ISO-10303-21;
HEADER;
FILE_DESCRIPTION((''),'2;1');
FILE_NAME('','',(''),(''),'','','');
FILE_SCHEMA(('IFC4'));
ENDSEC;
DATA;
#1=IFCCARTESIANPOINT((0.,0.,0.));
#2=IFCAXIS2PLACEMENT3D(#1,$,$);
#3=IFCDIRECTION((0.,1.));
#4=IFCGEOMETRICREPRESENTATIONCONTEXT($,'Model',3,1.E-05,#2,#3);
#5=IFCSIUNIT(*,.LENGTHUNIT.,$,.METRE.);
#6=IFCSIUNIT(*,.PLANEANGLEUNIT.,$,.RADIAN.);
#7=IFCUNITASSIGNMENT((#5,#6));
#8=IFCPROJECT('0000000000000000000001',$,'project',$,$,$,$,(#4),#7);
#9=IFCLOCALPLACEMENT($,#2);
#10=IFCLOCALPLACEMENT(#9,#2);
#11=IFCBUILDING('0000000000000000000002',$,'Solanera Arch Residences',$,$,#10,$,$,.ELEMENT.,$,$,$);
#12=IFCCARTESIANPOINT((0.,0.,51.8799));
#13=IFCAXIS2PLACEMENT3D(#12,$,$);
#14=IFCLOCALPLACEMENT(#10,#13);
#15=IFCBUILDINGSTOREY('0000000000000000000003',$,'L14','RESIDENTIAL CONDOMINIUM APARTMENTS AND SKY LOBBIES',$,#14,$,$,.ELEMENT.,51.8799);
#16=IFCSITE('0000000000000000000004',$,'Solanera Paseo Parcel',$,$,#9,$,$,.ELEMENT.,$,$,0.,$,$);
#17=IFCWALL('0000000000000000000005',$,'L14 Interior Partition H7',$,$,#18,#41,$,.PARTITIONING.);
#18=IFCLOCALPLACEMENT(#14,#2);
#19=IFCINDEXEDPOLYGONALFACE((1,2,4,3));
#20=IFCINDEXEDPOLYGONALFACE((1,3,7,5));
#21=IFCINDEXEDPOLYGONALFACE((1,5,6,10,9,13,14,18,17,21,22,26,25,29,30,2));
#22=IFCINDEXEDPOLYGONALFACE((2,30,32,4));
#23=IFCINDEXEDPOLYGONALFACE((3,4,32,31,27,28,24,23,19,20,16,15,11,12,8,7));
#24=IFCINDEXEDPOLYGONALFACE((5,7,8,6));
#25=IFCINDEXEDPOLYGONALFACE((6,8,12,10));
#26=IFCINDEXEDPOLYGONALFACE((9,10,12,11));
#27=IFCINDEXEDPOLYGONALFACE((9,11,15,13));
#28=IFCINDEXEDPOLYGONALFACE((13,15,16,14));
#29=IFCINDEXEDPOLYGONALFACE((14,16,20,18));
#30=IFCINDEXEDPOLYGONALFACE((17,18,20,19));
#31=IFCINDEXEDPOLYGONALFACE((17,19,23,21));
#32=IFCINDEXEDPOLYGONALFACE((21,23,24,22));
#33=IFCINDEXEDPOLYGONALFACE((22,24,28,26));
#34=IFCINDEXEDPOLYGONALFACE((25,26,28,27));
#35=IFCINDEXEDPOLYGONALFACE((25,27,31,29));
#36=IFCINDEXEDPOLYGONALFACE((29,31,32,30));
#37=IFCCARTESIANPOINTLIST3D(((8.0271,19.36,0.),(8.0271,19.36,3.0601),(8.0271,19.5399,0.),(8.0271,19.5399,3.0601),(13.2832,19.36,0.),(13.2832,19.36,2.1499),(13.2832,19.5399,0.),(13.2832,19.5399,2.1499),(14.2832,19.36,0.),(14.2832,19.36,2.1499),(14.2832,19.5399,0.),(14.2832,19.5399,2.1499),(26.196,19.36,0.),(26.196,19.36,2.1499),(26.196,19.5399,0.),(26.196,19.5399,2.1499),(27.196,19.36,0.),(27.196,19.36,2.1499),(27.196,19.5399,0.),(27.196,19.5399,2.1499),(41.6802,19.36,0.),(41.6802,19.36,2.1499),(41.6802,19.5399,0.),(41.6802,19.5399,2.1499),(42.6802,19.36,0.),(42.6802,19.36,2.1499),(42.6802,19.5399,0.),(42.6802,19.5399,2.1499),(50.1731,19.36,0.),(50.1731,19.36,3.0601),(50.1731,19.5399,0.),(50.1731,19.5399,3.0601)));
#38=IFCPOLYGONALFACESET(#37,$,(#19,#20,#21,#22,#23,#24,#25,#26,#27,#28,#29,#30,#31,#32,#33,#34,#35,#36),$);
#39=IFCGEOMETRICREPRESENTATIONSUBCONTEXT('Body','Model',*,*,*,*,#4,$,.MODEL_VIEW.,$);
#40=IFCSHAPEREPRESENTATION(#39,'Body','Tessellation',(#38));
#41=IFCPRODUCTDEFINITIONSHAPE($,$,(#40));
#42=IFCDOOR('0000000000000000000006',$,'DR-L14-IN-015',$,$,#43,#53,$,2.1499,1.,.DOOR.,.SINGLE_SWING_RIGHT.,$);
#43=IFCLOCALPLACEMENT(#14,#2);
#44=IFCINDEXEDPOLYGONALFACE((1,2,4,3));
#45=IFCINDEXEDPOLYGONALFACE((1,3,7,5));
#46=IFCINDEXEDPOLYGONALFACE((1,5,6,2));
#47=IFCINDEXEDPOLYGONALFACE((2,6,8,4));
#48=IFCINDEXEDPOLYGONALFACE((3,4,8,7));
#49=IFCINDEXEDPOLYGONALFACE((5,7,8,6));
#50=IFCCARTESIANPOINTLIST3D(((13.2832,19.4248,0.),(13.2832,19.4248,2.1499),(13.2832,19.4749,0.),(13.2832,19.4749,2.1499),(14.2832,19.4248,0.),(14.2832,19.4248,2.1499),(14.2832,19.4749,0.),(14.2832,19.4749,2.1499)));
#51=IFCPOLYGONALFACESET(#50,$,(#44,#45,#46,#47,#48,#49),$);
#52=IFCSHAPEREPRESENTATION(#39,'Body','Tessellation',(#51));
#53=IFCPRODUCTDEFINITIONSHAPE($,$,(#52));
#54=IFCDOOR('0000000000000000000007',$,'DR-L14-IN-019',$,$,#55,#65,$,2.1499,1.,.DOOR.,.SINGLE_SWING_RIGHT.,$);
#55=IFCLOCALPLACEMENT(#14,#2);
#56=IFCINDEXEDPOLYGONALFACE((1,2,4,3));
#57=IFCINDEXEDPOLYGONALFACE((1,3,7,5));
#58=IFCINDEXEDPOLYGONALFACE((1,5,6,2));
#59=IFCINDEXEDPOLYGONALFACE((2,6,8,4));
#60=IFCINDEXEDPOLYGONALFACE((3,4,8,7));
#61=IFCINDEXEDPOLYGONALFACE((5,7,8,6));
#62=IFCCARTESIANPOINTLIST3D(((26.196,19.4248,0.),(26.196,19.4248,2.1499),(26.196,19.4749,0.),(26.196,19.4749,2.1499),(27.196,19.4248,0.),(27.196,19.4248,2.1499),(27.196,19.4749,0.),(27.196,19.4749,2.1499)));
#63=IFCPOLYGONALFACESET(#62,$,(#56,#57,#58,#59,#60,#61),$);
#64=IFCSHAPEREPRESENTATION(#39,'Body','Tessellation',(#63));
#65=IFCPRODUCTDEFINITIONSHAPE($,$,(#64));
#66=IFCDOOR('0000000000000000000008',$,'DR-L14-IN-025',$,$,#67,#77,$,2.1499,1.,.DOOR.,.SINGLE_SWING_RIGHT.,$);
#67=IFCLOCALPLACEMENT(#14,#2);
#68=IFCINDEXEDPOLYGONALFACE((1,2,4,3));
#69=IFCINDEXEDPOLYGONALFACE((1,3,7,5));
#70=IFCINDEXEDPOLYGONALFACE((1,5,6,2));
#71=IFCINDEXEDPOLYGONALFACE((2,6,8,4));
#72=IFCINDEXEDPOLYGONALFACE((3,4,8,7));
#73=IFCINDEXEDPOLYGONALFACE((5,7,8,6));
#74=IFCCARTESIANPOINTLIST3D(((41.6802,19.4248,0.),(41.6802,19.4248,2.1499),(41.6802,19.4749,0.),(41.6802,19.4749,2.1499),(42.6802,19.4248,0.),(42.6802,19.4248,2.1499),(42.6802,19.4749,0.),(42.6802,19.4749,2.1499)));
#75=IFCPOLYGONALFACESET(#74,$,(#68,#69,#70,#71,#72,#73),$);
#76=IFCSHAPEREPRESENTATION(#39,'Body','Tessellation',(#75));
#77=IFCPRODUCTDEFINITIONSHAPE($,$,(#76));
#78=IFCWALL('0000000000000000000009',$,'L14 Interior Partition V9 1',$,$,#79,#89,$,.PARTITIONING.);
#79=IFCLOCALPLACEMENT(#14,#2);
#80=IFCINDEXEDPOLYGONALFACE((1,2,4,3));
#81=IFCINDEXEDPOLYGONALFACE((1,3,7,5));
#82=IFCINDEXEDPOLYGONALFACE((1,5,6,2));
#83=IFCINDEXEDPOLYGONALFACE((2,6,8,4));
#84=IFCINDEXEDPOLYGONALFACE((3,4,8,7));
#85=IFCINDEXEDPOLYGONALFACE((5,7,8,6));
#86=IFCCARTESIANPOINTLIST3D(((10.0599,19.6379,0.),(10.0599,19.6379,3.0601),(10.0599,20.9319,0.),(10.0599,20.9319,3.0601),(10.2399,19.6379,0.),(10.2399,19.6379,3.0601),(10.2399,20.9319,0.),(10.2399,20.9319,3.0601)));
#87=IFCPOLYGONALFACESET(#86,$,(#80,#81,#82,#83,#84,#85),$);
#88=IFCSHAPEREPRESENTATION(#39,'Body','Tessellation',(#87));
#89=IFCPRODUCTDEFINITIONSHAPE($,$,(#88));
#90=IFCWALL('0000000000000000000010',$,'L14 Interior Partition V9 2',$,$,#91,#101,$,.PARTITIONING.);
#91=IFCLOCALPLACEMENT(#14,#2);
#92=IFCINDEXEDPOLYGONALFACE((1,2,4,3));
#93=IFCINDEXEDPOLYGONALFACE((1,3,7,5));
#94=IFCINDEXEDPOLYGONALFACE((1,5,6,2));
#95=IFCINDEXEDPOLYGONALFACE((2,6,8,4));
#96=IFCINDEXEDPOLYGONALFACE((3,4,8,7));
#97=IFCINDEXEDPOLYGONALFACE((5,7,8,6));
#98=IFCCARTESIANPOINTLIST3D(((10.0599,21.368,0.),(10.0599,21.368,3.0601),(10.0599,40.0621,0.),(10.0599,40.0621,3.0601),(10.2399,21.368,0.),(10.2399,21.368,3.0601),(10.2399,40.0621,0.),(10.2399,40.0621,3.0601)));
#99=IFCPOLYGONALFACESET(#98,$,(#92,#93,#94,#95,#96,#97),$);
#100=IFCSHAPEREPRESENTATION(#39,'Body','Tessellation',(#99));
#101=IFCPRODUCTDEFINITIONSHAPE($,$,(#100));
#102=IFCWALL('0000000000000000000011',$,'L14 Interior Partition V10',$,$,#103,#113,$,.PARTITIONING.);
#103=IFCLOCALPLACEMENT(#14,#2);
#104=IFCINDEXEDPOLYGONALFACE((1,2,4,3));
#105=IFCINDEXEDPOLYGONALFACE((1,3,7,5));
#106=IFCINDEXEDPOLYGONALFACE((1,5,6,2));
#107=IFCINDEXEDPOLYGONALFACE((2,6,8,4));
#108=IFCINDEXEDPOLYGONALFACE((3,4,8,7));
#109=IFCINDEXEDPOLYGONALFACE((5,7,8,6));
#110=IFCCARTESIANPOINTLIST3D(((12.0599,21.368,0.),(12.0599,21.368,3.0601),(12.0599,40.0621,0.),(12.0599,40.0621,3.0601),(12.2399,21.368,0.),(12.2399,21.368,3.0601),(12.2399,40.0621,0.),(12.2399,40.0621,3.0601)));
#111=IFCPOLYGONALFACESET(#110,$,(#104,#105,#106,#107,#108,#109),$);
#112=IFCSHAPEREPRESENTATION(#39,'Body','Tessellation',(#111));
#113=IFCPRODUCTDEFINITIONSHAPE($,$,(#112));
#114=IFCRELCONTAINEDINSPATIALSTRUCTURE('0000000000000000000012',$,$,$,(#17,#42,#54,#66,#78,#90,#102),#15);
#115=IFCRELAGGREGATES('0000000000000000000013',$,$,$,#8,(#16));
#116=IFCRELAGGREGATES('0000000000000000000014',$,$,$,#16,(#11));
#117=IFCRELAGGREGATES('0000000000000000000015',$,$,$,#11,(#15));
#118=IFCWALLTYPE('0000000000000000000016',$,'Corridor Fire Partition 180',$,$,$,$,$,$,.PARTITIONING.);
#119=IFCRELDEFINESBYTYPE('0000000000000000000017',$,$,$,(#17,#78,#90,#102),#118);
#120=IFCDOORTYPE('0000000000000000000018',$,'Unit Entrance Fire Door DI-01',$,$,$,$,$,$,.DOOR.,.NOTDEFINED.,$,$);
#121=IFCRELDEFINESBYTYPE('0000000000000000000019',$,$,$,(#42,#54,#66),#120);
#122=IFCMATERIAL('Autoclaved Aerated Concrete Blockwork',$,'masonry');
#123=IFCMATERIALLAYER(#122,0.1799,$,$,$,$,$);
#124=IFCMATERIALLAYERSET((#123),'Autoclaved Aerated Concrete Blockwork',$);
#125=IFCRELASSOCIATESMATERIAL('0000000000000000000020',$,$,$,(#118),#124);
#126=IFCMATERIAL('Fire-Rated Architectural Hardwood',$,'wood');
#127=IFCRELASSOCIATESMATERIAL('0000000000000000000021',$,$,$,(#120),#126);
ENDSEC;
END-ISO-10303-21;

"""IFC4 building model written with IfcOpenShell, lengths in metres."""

from ifc_helpers import new_model, si_unit, direction, frame, frame_2d, origin, place, context, subcontext, project, spatial, rectangle, extrude, material, layer, layer_set, type_object, element, fill, save


model = new_model("IFC4")

# Units and contexts
model_context = context("Model", 3, precision=1e-05, world=origin(), true_north=direction((0.0, 1.0)))
body_context = subcontext(model_context, "Body", "Model", "MODEL_VIEW")
ifc_project = project(units=[si_unit("LENGTHUNIT", "METRE"), si_unit("PLANEANGLEUNIT", "RADIAN")], contexts=[model_context])

# Site, building, storey
site_placement = place(None, origin())
site = spatial("IfcSite", under=ifc_project, at=site_placement, Name="Solanera Paseo Parcel", CompositionType="ELEMENT", RefElevation=0.0)
building_placement = place(site_placement, origin())
building = spatial("IfcBuilding", under=site, at=building_placement, Name="Solanera Arch Residences", CompositionType="ELEMENT")
storey_placement = place(building_placement, frame((0.0, 0.0, 51.8799)))
storey = spatial("IfcBuildingStorey", under=building, at=storey_placement, Name="L14", Description="RESIDENTIAL CONDOMINIUM APARTMENTS AND SKY LOBBIES", CompositionType="ELEMENT", Elevation=51.8799)

# Wall, openings, doors
ifc_material_1 = material(Name="Autoclaved Aerated Concrete Blockwork", Category="masonry")
ifc_layer_1 = layer(ifc_material_1, 0.1799)
ifc_layer_set_1 = layer_set([ifc_layer_1], Name="Autoclaved Aerated Concrete Blockwork")
wall_type_1 = type_object("IfcWallType", Name="Corridor Fire Partition 180", PredefinedType="PARTITIONING", material=ifc_layer_set_1)
wall_1_placement = place(storey_placement, frame((8.0271, 19.45, 0.0), z_axis=(0.0, 0.0, 1.0), x_axis=(1.0, 0.0, 0.0)))
wall_1 = element("IfcWall", 1, at=wall_1_placement, inside=storey, type_object=wall_type_1, Name="L14 Interior Partition H7", PredefinedType="PARTITIONING", context=body_context, shape_type="SweptSolid", body=[
    extrude(rectangle(XDim=42.146, YDim=0.1799, at=frame_2d((21.073, 0.0))), origin(), (0.0, 0.0, 1.0), 3.0601),
])
opening_1_placement = place(wall_1_placement, frame((5.2561, 0.0, 0.0)))
opening_1 = element("IfcOpeningElement", 2, at=opening_1_placement, cuts=wall_1, PredefinedType="OPENING", context=body_context, shape_type="SweptSolid", body=[
    extrude(rectangle(XDim=1.0, YDim=2.1499, at=frame_2d((0.5, 1.075))), frame((0.0, 0.1001, 0.0), z_axis=(0.0, -1.0, 0.0), x_axis=(1.0, 0.0, 0.0)), (0.0, 0.0, 1.0), 0.1999),
])
opening_2_placement = place(wall_1_placement, frame((18.1689, 0.0, 0.0)))
opening_2 = element("IfcOpeningElement", 3, at=opening_2_placement, cuts=wall_1, PredefinedType="OPENING", context=body_context, shape_type="SweptSolid", body=[
    extrude(rectangle(XDim=1.0, YDim=2.1499, at=frame_2d((0.5, 1.075))), frame((0.0, 0.1001, 0.0), z_axis=(0.0, -1.0, 0.0), x_axis=(1.0, 0.0, 0.0)), (0.0, 0.0, 1.0), 0.1999),
])
opening_3_placement = place(wall_1_placement, frame((33.6531, 0.0, 0.0)))
opening_3 = element("IfcOpeningElement", 4, at=opening_3_placement, cuts=wall_1, PredefinedType="OPENING", context=body_context, shape_type="SweptSolid", body=[
    extrude(rectangle(XDim=1.0, YDim=2.1499, at=frame_2d((0.5, 1.075))), frame((0.0, 0.1001, 0.0), z_axis=(0.0, -1.0, 0.0), x_axis=(1.0, 0.0, 0.0)), (0.0, 0.0, 1.0), 0.1999),
])
ifc_material_2 = material(Name="Fire-Rated Architectural Hardwood", Category="wood")
door_type_1 = type_object("IfcDoorType", Name="Unit Entrance Fire Door DI-01", OperationType="NOTDEFINED", PredefinedType="DOOR", material=ifc_material_2)
door_1_placement = place(opening_1_placement, origin())
door_1 = element("IfcDoor", 5, at=door_1_placement, inside=storey, type_object=door_type_1, Name="DR-L14-IN-015", OperationType="SINGLE_SWING_RIGHT", OverallHeight=2.1499, OverallWidth=1.0, PredefinedType="DOOR", context=body_context, shape_type="SweptSolid", body=[
    extrude(rectangle(XDim=1.0, YDim=2.1499, at=frame_2d((0.5, 1.075))), frame((0.0, 0.0249, 0.0), z_axis=(0.0, -1.0, 0.0), x_axis=(1.0, 0.0, 0.0)), (0.0, 0.0, 1.0), 0.05),
])
fill(opening_1, door_1)
door_2_placement = place(opening_2_placement, origin())
door_2 = element("IfcDoor", 6, at=door_2_placement, inside=storey, type_object=door_type_1, Name="DR-L14-IN-019", OperationType="SINGLE_SWING_RIGHT", OverallHeight=2.1499, OverallWidth=1.0, PredefinedType="DOOR", context=body_context, shape_type="SweptSolid", body=[
    extrude(rectangle(XDim=1.0, YDim=2.1499, at=frame_2d((0.5, 1.075))), frame((0.0, 0.0249, 0.0), z_axis=(0.0, -1.0, 0.0), x_axis=(1.0, 0.0, 0.0)), (0.0, 0.0, 1.0), 0.05),
])
fill(opening_2, door_2)
door_3_placement = place(opening_3_placement, origin())
door_3 = element("IfcDoor", 7, at=door_3_placement, inside=storey, type_object=door_type_1, Name="DR-L14-IN-025", OperationType="SINGLE_SWING_RIGHT", OverallHeight=2.1499, OverallWidth=1.0, PredefinedType="DOOR", context=body_context, shape_type="SweptSolid", body=[
    extrude(rectangle(XDim=1.0, YDim=2.1499, at=frame_2d((0.5, 1.075))), frame((0.0, 0.0249, 0.0), z_axis=(0.0, -1.0, 0.0), x_axis=(1.0, 0.0, 0.0)), (0.0, 0.0, 1.0), 0.05),
])
fill(opening_3, door_3)

# Walls
wall_2_placement = place(storey_placement, frame((10.1499, 19.6379, 0.0), z_axis=(0.0, 0.0, 1.0), x_axis=(0.0, 1.0, 0.0)))
element("IfcWall", 8, at=wall_2_placement, inside=storey, type_object=wall_type_1, Name="L14 Interior Partition V9 1", PredefinedType="PARTITIONING", context=body_context, shape_type="SweptSolid", body=[
    extrude(rectangle(XDim=1.2939, YDim=0.1799, at=frame_2d((0.647, 0.0))), origin(), (0.0, 0.0, 1.0), 3.0601),
])
for number, where, z_axis, x_axis, name in (
    (9, (10.1499, 21.3679, 0.0), (0.0, 0.0, 1.0), (0.0, 1.0, 0.0), "L14 Interior Partition V9 2"),
    (10, (12.1499, 21.3679, 0.0), (0.0, 0.0, 1.0), (0.0, 1.0, 0.0), "L14 Interior Partition V10"),
):
    element("IfcWall", number, at=place(storey_placement, frame(where, z_axis=z_axis, x_axis=x_axis)), inside=storey, type_object=wall_type_1, Name=name, PredefinedType="PARTITIONING", context=body_context, shape_type="SweptSolid", body=[
        extrude(rectangle(XDim=18.6941, YDim=0.1799, at=frame_2d((9.3472, 0.0))), origin(), (0.0, 0.0, 1.0), 3.0601),
    ])

save(model, "model.ifc")
